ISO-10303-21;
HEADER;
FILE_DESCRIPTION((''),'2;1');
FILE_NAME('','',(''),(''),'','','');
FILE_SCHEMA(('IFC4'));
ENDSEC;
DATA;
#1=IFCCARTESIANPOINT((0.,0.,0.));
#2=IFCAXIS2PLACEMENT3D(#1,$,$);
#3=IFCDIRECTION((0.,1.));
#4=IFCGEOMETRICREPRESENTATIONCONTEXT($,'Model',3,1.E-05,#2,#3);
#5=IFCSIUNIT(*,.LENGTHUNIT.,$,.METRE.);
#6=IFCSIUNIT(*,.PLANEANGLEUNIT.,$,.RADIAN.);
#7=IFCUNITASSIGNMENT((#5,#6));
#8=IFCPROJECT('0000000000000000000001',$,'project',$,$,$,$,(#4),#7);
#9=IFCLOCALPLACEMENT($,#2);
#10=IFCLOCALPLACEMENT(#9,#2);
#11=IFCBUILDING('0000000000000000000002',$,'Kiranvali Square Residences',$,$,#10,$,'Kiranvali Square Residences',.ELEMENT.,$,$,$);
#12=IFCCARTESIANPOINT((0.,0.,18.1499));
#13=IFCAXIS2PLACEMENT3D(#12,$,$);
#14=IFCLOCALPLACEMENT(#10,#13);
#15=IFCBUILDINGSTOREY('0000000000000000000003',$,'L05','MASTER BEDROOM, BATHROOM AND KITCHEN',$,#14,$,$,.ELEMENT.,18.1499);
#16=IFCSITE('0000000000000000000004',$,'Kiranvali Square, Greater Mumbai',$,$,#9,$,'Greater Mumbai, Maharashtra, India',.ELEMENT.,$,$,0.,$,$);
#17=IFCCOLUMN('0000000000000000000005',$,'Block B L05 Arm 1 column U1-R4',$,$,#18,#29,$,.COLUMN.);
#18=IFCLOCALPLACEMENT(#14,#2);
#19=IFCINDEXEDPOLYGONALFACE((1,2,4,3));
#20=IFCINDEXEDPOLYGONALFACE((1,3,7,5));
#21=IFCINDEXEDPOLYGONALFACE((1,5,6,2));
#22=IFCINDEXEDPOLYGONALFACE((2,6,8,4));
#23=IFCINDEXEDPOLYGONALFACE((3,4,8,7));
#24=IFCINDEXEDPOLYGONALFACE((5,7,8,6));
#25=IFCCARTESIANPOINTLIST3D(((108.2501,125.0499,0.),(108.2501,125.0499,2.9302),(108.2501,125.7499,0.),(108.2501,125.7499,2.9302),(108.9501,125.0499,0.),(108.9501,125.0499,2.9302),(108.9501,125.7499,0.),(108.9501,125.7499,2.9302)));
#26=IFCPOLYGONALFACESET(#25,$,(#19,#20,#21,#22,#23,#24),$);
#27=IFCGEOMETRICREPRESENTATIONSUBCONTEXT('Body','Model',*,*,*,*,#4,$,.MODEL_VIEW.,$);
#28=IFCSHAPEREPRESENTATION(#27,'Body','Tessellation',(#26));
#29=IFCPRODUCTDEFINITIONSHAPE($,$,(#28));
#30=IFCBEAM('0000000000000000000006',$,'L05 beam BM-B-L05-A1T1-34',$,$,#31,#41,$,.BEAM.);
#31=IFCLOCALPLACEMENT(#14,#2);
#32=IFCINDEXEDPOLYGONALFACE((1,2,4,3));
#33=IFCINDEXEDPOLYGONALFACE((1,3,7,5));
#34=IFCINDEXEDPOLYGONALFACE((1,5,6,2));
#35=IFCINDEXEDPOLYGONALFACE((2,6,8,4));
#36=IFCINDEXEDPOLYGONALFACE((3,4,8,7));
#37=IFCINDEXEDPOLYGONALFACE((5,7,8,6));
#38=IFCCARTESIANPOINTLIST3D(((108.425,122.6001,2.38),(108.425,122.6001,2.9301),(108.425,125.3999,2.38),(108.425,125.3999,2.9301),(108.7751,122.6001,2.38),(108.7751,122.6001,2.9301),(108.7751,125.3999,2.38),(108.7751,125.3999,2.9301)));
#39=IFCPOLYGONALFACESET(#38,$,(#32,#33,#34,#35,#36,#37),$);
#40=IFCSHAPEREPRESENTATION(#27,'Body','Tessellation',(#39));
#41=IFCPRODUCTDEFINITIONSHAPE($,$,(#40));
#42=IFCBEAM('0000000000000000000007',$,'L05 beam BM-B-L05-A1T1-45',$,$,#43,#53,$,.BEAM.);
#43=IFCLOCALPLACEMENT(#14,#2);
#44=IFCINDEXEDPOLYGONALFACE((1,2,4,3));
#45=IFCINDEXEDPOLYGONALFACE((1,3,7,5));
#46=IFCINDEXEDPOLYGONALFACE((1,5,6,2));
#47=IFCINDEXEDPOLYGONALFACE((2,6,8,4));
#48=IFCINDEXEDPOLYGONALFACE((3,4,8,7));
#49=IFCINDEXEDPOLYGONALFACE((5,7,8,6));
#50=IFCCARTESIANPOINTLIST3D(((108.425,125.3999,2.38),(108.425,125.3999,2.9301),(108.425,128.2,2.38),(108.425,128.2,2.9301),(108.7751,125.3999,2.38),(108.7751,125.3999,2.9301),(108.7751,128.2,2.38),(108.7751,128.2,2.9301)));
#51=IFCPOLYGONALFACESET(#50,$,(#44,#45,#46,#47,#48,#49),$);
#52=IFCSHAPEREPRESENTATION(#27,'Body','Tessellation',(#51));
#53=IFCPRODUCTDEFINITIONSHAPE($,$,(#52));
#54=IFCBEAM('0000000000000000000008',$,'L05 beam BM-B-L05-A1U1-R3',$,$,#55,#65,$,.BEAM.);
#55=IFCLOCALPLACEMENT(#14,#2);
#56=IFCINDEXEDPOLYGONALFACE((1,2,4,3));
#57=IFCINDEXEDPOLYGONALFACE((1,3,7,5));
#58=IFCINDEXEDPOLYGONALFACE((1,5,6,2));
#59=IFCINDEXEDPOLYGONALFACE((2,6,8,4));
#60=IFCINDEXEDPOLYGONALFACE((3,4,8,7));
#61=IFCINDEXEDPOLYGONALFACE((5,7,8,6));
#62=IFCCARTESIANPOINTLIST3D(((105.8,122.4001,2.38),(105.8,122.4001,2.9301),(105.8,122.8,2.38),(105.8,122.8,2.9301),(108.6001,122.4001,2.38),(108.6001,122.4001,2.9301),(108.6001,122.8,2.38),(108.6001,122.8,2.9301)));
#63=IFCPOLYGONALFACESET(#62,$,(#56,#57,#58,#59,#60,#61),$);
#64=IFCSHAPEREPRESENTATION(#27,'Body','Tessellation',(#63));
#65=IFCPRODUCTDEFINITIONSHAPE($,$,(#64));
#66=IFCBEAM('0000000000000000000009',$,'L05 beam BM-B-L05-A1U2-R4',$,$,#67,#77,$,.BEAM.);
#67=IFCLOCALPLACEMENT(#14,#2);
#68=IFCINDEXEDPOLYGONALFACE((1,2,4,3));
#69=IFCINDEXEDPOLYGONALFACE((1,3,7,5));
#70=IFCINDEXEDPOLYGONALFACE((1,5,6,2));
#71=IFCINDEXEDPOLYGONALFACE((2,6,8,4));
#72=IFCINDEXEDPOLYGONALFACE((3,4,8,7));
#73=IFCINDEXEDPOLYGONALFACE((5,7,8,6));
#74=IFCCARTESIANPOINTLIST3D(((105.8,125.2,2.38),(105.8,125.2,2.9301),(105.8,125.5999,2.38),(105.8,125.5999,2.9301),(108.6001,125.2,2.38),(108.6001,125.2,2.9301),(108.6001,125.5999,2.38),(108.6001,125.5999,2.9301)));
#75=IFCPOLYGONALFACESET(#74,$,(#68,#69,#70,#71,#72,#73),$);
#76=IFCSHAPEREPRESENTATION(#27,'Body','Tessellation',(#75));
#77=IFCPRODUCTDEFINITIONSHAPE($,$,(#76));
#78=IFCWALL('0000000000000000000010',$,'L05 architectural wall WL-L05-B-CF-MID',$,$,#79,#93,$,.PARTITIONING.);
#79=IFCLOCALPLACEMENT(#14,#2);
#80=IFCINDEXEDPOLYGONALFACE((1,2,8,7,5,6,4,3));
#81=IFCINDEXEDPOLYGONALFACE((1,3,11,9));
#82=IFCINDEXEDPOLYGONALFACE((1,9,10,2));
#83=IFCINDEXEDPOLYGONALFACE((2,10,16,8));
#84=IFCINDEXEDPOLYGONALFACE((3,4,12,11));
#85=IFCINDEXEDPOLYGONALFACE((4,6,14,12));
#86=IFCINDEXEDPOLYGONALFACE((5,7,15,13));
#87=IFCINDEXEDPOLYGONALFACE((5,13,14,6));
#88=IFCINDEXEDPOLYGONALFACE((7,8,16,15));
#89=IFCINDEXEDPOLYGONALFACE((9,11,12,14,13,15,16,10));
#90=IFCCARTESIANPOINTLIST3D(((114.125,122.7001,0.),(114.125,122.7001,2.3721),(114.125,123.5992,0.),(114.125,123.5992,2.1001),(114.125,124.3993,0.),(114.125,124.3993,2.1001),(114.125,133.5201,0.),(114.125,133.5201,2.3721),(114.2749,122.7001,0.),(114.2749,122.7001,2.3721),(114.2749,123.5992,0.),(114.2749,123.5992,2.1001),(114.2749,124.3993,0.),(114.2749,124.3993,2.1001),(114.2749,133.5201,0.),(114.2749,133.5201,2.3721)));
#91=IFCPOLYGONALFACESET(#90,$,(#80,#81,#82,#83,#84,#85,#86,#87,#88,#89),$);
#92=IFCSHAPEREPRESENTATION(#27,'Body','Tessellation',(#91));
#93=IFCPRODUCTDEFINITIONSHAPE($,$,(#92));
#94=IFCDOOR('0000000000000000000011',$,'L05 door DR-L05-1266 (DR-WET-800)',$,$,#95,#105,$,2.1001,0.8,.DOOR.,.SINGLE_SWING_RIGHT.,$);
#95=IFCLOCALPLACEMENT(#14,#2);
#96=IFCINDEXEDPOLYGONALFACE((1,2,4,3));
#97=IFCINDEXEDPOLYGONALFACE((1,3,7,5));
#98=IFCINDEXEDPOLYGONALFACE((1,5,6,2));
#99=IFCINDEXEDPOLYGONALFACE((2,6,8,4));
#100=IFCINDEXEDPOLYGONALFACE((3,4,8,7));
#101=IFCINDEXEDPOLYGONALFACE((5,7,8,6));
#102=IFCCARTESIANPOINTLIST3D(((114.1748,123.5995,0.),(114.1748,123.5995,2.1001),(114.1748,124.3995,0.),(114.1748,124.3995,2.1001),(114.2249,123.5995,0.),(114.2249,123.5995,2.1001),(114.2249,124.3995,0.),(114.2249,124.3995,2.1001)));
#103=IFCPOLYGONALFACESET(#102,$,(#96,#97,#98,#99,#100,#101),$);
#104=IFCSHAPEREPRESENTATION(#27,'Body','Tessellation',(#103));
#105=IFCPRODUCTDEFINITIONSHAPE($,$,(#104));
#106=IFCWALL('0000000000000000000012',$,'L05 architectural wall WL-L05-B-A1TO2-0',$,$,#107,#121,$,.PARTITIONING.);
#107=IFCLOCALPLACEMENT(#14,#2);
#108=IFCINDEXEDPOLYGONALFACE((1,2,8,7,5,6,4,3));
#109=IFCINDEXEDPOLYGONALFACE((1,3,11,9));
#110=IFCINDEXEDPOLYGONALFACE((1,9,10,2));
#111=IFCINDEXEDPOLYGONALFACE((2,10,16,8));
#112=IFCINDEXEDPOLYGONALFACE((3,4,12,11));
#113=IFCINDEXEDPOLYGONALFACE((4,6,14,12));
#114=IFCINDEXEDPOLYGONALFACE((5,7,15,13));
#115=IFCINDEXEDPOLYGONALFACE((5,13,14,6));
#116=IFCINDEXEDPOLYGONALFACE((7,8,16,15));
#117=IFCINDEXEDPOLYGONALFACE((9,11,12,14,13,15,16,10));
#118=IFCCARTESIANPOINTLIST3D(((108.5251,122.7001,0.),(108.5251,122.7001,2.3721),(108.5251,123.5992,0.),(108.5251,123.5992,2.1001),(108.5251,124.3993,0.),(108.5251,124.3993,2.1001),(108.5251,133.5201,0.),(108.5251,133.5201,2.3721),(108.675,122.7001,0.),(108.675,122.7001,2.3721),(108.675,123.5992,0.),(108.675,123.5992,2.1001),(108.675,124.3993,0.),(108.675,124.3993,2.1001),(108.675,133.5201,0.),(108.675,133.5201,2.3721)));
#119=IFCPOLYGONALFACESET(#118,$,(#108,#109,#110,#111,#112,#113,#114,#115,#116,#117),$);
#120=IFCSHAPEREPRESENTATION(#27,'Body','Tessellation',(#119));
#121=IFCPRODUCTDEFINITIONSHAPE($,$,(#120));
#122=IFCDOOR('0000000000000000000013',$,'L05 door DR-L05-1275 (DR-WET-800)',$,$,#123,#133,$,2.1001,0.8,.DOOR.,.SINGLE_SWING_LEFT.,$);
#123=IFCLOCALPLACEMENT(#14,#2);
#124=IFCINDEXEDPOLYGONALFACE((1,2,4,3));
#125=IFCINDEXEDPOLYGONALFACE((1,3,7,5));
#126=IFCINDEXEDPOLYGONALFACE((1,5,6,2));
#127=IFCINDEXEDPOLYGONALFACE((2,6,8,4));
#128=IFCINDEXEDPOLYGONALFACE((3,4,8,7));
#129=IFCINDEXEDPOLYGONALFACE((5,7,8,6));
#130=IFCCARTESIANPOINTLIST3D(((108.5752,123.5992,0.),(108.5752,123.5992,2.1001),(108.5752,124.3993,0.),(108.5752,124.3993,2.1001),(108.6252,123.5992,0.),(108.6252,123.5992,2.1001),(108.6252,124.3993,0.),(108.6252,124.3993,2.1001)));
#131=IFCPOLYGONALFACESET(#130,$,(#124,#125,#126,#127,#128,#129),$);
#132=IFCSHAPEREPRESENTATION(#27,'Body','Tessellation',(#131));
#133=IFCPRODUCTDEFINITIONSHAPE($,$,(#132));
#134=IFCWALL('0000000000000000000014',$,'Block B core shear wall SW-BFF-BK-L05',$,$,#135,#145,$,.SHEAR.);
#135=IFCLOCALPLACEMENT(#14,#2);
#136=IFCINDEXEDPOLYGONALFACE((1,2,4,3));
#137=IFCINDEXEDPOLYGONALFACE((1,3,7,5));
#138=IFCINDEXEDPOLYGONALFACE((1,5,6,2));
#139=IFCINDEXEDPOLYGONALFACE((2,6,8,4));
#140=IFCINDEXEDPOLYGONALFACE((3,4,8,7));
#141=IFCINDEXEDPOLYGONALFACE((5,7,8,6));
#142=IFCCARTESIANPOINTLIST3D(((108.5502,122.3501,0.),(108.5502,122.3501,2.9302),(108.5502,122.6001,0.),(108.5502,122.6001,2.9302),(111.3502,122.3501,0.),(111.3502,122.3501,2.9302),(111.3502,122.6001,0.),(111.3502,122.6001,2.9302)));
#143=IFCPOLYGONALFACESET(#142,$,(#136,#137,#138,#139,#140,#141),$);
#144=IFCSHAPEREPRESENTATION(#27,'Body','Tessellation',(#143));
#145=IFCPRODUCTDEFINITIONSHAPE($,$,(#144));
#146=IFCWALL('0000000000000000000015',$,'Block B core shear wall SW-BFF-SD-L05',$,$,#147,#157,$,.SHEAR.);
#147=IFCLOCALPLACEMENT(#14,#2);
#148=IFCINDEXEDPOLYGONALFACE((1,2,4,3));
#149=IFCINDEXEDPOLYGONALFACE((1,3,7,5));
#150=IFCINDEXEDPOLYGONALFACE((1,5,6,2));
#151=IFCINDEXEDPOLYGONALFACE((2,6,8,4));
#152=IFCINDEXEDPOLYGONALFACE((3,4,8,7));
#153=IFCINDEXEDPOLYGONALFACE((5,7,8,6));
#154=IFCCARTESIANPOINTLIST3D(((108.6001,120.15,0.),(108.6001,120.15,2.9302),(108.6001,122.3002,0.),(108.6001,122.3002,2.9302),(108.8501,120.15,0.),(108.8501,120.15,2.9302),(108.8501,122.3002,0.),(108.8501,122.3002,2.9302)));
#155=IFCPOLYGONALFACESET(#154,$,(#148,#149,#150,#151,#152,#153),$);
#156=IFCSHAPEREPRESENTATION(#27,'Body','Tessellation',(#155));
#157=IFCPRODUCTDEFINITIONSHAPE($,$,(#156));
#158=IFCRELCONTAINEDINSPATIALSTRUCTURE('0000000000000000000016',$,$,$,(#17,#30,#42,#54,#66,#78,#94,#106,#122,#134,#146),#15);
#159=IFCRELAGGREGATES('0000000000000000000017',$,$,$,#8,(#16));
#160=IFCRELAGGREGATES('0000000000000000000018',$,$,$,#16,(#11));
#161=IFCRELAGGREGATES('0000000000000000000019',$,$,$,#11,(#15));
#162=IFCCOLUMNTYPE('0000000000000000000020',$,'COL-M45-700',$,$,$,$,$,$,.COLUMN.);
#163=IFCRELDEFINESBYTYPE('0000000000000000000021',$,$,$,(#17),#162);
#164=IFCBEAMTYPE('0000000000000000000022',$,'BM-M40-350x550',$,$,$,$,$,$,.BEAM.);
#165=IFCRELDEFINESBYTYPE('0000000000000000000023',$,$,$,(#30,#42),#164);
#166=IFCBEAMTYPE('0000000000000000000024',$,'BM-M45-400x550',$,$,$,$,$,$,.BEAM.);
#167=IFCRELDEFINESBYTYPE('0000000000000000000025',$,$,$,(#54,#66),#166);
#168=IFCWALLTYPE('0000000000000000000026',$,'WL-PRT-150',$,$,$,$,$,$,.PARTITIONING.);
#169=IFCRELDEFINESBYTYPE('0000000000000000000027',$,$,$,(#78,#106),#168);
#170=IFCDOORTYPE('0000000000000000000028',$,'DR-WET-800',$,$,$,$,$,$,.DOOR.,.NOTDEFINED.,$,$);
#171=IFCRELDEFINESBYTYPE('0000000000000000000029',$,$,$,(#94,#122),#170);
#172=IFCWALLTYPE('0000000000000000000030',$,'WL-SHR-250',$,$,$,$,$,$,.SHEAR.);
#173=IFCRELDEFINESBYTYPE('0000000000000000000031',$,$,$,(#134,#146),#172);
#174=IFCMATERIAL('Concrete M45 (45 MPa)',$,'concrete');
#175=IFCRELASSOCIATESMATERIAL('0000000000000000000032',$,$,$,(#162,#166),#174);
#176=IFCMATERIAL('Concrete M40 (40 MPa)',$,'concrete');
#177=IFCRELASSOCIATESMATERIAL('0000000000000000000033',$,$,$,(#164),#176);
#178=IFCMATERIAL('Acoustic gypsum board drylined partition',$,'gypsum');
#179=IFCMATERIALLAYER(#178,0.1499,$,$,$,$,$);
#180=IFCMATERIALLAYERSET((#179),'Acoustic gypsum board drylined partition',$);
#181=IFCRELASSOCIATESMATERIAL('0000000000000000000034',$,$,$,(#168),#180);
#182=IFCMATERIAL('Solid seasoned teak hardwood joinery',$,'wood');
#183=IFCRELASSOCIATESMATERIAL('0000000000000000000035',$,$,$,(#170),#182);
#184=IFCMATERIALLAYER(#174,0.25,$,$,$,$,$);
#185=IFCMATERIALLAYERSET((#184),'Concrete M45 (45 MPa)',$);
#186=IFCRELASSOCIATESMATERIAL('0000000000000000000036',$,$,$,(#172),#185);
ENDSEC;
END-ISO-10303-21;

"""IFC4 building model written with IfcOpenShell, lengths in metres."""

from ifc_helpers import new_model, si_unit, direction, frame, frame_2d, origin, origin_2d, place, context, subcontext, project, spatial, rectangle, extrude, material, layer, layer_set, material_profile, profile_set, type_object, element, fill, save


model = new_model("IFC4")

# Units and contexts
model_context = context("Model", 3, precision=1e-05, world=origin(), true_north=direction((0.0, 1.0)))
body_context = subcontext(model_context, "Body", "Model", "MODEL_VIEW")
ifc_project = project(units=[si_unit("LENGTHUNIT", "METRE"), si_unit("PLANEANGLEUNIT", "RADIAN")], contexts=[model_context])

# Site, building, storey
site_placement = place(None, origin())
site = spatial("IfcSite", under=ifc_project, at=site_placement, Name="Kiranvali Square, Greater Mumbai", LongName="Greater Mumbai, Maharashtra, India", CompositionType="ELEMENT", RefElevation=0.0)
building_placement = place(site_placement, origin())
building = spatial("IfcBuilding", under=site, at=building_placement, Name="Kiranvali Square Residences", LongName="Kiranvali Square Residences", CompositionType="ELEMENT")
storey_placement = place(building_placement, frame((0.0, 0.0, 18.1499)))
storey = spatial("IfcBuildingStorey", under=building, at=storey_placement, Name="L05", Description="MASTER BEDROOM, BATHROOM AND KITCHEN", CompositionType="ELEMENT", Elevation=18.1499)

# Column
ifc_material_1 = material(Name="Concrete M45 (45 MPa)", Category="concrete")
ifc_material_profile_1 = material_profile(ifc_material_1, rectangle(XDim=0.7, YDim=0.7, at=origin_2d()), Name="RC 700x700")
ifc_profile_set_1 = profile_set([ifc_material_profile_1], Name="Concrete M45 (45 MPa)")
column_type = type_object("IfcColumnType", Name="COL-M45-700", PredefinedType="COLUMN", material=ifc_profile_set_1)
column_placement = place(storey_placement, frame((108.6001, 125.3999, 0.0), z_axis=(0.0, 0.0, 1.0), x_axis=(1.0, 0.0, 0.0)))
element("IfcColumn", 1, at=column_placement, inside=storey, type_object=column_type, Name="Block B L05 Arm 1 column U1-R4", PredefinedType="COLUMN", context=body_context, shape_type="SweptSolid", body=[
    extrude(rectangle(XDim=0.7, YDim=0.7, at=origin_2d()), origin(), (0.0, 0.0, 1.0), 2.9302),
])

# Beams
ifc_material_2 = material(Name="Concrete M40 (40 MPa)", Category="concrete")
ifc_material_profile_2 = material_profile(ifc_material_2, rectangle(XDim=0.3501, YDim=0.55, at=origin_2d()), Name="RC 350x550")
ifc_profile_set_2 = profile_set([ifc_material_profile_2], Name="Concrete M40 (40 MPa)")
beam_type_1 = type_object("IfcBeamType", Name="BM-M40-350x550", PredefinedType="BEAM", material=ifc_profile_set_2)
beam_1_placement = place(storey_placement, frame((108.6001, 122.6001, 2.655), z_axis=(0.0, 1.0, 0.0), x_axis=(-1.0, 0.0, 0.0)))
element("IfcBeam", 2, at=beam_1_placement, inside=storey, type_object=beam_type_1, Name="L05 beam BM-B-L05-A1T1-34", PredefinedType="BEAM", context=body_context, shape_type="SweptSolid", body=[
    extrude(rectangle(XDim=0.3501, YDim=0.55, at=origin_2d()), origin(), (0.0, 0.0, 1.0), 2.7998),
])
beam_2_placement = place(storey_placement, frame((108.6001, 125.3999, 2.655), z_axis=(0.0, 1.0, 0.0), x_axis=(-1.0, 0.0, 0.0)))
element("IfcBeam", 3, at=beam_2_placement, inside=storey, type_object=beam_type_1, Name="L05 beam BM-B-L05-A1T1-45", PredefinedType="BEAM", context=body_context, shape_type="SweptSolid", body=[
    extrude(rectangle(XDim=0.3501, YDim=0.55, at=origin_2d()), origin(), (0.0, 0.0, 1.0), 2.8),
])
ifc_material_profile_3 = material_profile(ifc_material_1, rectangle(XDim=0.3999, YDim=0.55, at=origin_2d()), Name="RC 400x550")
ifc_profile_set_3 = profile_set([ifc_material_profile_3], Name="Concrete M45 (45 MPa)")
beam_type_2 = type_object("IfcBeamType", Name="BM-M45-400x550", PredefinedType="BEAM", material=ifc_profile_set_3)
for number, where, z_axis, x_axis, name in (
    (4, (108.6001, 122.6001, 2.655), (-1.0, 0.0, 0.0), (0.0, -1.0, 0.0), "L05 beam BM-B-L05-A1U1-R3"),
    (5, (108.6001, 125.3999, 2.655), (-1.0, 0.0, 0.0), (0.0, -1.0, 0.0), "L05 beam BM-B-L05-A1U2-R4"),
):
    element("IfcBeam", number, at=place(storey_placement, frame(where, z_axis=z_axis, x_axis=x_axis)), inside=storey, type_object=beam_type_2, Name=name, PredefinedType="BEAM", context=body_context, shape_type="SweptSolid", body=[
        extrude(rectangle(XDim=0.3999, YDim=0.55, at=origin_2d()), origin(), (0.0, 0.0, 1.0), 2.8),
    ])

# Walls, openings, doors
ifc_material_3 = material(Name="Acoustic gypsum board drylined partition", Category="gypsum")
ifc_layer_1 = layer(ifc_material_3, 0.1499)
ifc_layer_set_1 = layer_set([ifc_layer_1], Name="Acoustic gypsum board drylined partition")
wall_type_1 = type_object("IfcWallType", Name="WL-PRT-150", PredefinedType="PARTITIONING", material=ifc_layer_set_1)
wall_1_placement = place(storey_placement, frame((114.2, 122.7, 0.0), z_axis=(0.0, 0.0, 1.0), x_axis=(0.0, 1.0, 0.0)))
wall_1 = element("IfcWall", 6, at=wall_1_placement, inside=storey, type_object=wall_type_1, Name="L05 architectural wall WL-L05-B-CF-MID", PredefinedType="PARTITIONING", context=body_context, shape_type="SweptSolid", body=[
    extrude(rectangle(XDim=10.8201, YDim=0.1499, at=frame_2d((5.4102, 0.0))), origin(), (0.0, 0.0, 1.0), 2.3721),
])
opening_1_placement = place(wall_1_placement, frame((0.8994, 0.0, 0.0)))
opening_1 = element("IfcOpeningElement", 7, at=opening_1_placement, cuts=wall_1, PredefinedType="OPENING", context=body_context, shape_type="SweptSolid", body=[
    extrude(rectangle(XDim=0.8, YDim=2.1001, at=frame_2d((0.3999, 1.05))), frame((0.0, 0.085, 0.0), z_axis=(0.0, -1.0, 0.0), x_axis=(1.0, 0.0, 0.0)), (0.0, 0.0, 1.0), 0.1699),
])
ifc_material_4 = material(Name="Solid seasoned teak hardwood joinery", Category="wood")
door_type_1 = type_object("IfcDoorType", Name="DR-WET-800", OperationType="NOTDEFINED", PredefinedType="DOOR", material=ifc_material_4)
door_1_placement = place(opening_1_placement, frame((0.8, 0.0, 0.0), z_axis=(0.0, 0.0, 1.0), x_axis=(-1.0, 0.0, 0.0)))
door_1 = element("IfcDoor", 8, at=door_1_placement, inside=storey, type_object=door_type_1, Name="L05 door DR-L05-1266 (DR-WET-800)", OperationType="SINGLE_SWING_RIGHT", OverallHeight=2.1001, OverallWidth=0.8, PredefinedType="DOOR", context=body_context, shape_type="SweptSolid", body=[
    extrude(rectangle(XDim=0.8, YDim=2.1001, at=frame_2d((0.3999, 1.05))), frame((0.0, 0.0249, 0.0), z_axis=(0.0, -1.0, 0.0), x_axis=(1.0, 0.0, 0.0)), (0.0, 0.0, 1.0), 0.05),
])
fill(opening_1, door_1)
wall_2_placement = place(storey_placement, frame((108.6001, 122.7, 0.0), z_axis=(0.0, 0.0, 1.0), x_axis=(0.0, 1.0, 0.0)))
wall_2 = element("IfcWall", 9, at=wall_2_placement, inside=storey, type_object=wall_type_1, Name="L05 architectural wall WL-L05-B-A1TO2-0", PredefinedType="PARTITIONING", context=body_context, shape_type="SweptSolid", body=[
    extrude(rectangle(XDim=10.8201, YDim=0.1499, at=frame_2d((5.4102, 0.0))), origin(), (0.0, 0.0, 1.0), 2.3721),
])
opening_2_placement = place(wall_2_placement, frame((0.8994, 0.0, 0.0)))
opening_2 = element("IfcOpeningElement", 10, at=opening_2_placement, cuts=wall_2, PredefinedType="OPENING", context=body_context, shape_type="SweptSolid", body=[
    extrude(rectangle(XDim=0.8, YDim=2.1001, at=frame_2d((0.3999, 1.05))), frame((0.0, 0.085, 0.0), z_axis=(0.0, -1.0, 0.0), x_axis=(1.0, 0.0, 0.0)), (0.0, 0.0, 1.0), 0.1699),
])
door_2_placement = place(opening_2_placement, origin())
door_2 = element("IfcDoor", 11, at=door_2_placement, inside=storey, type_object=door_type_1, Name="L05 door DR-L05-1275 (DR-WET-800)", OperationType="SINGLE_SWING_LEFT", OverallHeight=2.1001, OverallWidth=0.8, PredefinedType="DOOR", context=body_context, shape_type="SweptSolid", body=[
    extrude(rectangle(XDim=0.8, YDim=2.1001, at=frame_2d((0.3999, 1.05))), frame((0.0, 0.0249, 0.0), z_axis=(0.0, -1.0, 0.0), x_axis=(1.0, 0.0, 0.0)), (0.0, 0.0, 1.0), 0.05),
])
fill(opening_2, door_2)

# Walls
ifc_layer_2 = layer(ifc_material_1, 0.25)
ifc_layer_set_2 = layer_set([ifc_layer_2], Name="Concrete M45 (45 MPa)")
wall_type_2 = type_object("IfcWallType", Name="WL-SHR-250", PredefinedType="SHEAR", material=ifc_layer_set_2)
wall_3_placement = place(storey_placement, frame((111.3501, 122.4751, 0.0), z_axis=(0.0, 0.0, 1.0), x_axis=(-1.0, 0.0, 0.0)))
element("IfcWall", 12, at=wall_3_placement, inside=storey, type_object=wall_type_2, Name="Block B core shear wall SW-BFF-BK-L05", PredefinedType="SHEAR", context=body_context, shape_type="SweptSolid", body=[
    extrude(rectangle(XDim=2.8, YDim=0.25, at=frame_2d((1.3999, 0.0))), origin(), (0.0, 0.0, 1.0), 2.9302),
])
wall_4_placement = place(storey_placement, frame((108.7251, 120.1499, 0.0), z_axis=(0.0, 0.0, 1.0), x_axis=(0.0, 1.0, 0.0)))
element("IfcWall", 13, at=wall_4_placement, inside=storey, type_object=wall_type_2, Name="Block B core shear wall SW-BFF-SD-L05", PredefinedType="SHEAR", context=body_context, shape_type="SweptSolid", body=[
    extrude(rectangle(XDim=2.1501, YDim=0.25, at=frame_2d((1.0752, 0.0))), origin(), (0.0, 0.0, 1.0), 2.9302),
])

save(model, "model.ifc")
